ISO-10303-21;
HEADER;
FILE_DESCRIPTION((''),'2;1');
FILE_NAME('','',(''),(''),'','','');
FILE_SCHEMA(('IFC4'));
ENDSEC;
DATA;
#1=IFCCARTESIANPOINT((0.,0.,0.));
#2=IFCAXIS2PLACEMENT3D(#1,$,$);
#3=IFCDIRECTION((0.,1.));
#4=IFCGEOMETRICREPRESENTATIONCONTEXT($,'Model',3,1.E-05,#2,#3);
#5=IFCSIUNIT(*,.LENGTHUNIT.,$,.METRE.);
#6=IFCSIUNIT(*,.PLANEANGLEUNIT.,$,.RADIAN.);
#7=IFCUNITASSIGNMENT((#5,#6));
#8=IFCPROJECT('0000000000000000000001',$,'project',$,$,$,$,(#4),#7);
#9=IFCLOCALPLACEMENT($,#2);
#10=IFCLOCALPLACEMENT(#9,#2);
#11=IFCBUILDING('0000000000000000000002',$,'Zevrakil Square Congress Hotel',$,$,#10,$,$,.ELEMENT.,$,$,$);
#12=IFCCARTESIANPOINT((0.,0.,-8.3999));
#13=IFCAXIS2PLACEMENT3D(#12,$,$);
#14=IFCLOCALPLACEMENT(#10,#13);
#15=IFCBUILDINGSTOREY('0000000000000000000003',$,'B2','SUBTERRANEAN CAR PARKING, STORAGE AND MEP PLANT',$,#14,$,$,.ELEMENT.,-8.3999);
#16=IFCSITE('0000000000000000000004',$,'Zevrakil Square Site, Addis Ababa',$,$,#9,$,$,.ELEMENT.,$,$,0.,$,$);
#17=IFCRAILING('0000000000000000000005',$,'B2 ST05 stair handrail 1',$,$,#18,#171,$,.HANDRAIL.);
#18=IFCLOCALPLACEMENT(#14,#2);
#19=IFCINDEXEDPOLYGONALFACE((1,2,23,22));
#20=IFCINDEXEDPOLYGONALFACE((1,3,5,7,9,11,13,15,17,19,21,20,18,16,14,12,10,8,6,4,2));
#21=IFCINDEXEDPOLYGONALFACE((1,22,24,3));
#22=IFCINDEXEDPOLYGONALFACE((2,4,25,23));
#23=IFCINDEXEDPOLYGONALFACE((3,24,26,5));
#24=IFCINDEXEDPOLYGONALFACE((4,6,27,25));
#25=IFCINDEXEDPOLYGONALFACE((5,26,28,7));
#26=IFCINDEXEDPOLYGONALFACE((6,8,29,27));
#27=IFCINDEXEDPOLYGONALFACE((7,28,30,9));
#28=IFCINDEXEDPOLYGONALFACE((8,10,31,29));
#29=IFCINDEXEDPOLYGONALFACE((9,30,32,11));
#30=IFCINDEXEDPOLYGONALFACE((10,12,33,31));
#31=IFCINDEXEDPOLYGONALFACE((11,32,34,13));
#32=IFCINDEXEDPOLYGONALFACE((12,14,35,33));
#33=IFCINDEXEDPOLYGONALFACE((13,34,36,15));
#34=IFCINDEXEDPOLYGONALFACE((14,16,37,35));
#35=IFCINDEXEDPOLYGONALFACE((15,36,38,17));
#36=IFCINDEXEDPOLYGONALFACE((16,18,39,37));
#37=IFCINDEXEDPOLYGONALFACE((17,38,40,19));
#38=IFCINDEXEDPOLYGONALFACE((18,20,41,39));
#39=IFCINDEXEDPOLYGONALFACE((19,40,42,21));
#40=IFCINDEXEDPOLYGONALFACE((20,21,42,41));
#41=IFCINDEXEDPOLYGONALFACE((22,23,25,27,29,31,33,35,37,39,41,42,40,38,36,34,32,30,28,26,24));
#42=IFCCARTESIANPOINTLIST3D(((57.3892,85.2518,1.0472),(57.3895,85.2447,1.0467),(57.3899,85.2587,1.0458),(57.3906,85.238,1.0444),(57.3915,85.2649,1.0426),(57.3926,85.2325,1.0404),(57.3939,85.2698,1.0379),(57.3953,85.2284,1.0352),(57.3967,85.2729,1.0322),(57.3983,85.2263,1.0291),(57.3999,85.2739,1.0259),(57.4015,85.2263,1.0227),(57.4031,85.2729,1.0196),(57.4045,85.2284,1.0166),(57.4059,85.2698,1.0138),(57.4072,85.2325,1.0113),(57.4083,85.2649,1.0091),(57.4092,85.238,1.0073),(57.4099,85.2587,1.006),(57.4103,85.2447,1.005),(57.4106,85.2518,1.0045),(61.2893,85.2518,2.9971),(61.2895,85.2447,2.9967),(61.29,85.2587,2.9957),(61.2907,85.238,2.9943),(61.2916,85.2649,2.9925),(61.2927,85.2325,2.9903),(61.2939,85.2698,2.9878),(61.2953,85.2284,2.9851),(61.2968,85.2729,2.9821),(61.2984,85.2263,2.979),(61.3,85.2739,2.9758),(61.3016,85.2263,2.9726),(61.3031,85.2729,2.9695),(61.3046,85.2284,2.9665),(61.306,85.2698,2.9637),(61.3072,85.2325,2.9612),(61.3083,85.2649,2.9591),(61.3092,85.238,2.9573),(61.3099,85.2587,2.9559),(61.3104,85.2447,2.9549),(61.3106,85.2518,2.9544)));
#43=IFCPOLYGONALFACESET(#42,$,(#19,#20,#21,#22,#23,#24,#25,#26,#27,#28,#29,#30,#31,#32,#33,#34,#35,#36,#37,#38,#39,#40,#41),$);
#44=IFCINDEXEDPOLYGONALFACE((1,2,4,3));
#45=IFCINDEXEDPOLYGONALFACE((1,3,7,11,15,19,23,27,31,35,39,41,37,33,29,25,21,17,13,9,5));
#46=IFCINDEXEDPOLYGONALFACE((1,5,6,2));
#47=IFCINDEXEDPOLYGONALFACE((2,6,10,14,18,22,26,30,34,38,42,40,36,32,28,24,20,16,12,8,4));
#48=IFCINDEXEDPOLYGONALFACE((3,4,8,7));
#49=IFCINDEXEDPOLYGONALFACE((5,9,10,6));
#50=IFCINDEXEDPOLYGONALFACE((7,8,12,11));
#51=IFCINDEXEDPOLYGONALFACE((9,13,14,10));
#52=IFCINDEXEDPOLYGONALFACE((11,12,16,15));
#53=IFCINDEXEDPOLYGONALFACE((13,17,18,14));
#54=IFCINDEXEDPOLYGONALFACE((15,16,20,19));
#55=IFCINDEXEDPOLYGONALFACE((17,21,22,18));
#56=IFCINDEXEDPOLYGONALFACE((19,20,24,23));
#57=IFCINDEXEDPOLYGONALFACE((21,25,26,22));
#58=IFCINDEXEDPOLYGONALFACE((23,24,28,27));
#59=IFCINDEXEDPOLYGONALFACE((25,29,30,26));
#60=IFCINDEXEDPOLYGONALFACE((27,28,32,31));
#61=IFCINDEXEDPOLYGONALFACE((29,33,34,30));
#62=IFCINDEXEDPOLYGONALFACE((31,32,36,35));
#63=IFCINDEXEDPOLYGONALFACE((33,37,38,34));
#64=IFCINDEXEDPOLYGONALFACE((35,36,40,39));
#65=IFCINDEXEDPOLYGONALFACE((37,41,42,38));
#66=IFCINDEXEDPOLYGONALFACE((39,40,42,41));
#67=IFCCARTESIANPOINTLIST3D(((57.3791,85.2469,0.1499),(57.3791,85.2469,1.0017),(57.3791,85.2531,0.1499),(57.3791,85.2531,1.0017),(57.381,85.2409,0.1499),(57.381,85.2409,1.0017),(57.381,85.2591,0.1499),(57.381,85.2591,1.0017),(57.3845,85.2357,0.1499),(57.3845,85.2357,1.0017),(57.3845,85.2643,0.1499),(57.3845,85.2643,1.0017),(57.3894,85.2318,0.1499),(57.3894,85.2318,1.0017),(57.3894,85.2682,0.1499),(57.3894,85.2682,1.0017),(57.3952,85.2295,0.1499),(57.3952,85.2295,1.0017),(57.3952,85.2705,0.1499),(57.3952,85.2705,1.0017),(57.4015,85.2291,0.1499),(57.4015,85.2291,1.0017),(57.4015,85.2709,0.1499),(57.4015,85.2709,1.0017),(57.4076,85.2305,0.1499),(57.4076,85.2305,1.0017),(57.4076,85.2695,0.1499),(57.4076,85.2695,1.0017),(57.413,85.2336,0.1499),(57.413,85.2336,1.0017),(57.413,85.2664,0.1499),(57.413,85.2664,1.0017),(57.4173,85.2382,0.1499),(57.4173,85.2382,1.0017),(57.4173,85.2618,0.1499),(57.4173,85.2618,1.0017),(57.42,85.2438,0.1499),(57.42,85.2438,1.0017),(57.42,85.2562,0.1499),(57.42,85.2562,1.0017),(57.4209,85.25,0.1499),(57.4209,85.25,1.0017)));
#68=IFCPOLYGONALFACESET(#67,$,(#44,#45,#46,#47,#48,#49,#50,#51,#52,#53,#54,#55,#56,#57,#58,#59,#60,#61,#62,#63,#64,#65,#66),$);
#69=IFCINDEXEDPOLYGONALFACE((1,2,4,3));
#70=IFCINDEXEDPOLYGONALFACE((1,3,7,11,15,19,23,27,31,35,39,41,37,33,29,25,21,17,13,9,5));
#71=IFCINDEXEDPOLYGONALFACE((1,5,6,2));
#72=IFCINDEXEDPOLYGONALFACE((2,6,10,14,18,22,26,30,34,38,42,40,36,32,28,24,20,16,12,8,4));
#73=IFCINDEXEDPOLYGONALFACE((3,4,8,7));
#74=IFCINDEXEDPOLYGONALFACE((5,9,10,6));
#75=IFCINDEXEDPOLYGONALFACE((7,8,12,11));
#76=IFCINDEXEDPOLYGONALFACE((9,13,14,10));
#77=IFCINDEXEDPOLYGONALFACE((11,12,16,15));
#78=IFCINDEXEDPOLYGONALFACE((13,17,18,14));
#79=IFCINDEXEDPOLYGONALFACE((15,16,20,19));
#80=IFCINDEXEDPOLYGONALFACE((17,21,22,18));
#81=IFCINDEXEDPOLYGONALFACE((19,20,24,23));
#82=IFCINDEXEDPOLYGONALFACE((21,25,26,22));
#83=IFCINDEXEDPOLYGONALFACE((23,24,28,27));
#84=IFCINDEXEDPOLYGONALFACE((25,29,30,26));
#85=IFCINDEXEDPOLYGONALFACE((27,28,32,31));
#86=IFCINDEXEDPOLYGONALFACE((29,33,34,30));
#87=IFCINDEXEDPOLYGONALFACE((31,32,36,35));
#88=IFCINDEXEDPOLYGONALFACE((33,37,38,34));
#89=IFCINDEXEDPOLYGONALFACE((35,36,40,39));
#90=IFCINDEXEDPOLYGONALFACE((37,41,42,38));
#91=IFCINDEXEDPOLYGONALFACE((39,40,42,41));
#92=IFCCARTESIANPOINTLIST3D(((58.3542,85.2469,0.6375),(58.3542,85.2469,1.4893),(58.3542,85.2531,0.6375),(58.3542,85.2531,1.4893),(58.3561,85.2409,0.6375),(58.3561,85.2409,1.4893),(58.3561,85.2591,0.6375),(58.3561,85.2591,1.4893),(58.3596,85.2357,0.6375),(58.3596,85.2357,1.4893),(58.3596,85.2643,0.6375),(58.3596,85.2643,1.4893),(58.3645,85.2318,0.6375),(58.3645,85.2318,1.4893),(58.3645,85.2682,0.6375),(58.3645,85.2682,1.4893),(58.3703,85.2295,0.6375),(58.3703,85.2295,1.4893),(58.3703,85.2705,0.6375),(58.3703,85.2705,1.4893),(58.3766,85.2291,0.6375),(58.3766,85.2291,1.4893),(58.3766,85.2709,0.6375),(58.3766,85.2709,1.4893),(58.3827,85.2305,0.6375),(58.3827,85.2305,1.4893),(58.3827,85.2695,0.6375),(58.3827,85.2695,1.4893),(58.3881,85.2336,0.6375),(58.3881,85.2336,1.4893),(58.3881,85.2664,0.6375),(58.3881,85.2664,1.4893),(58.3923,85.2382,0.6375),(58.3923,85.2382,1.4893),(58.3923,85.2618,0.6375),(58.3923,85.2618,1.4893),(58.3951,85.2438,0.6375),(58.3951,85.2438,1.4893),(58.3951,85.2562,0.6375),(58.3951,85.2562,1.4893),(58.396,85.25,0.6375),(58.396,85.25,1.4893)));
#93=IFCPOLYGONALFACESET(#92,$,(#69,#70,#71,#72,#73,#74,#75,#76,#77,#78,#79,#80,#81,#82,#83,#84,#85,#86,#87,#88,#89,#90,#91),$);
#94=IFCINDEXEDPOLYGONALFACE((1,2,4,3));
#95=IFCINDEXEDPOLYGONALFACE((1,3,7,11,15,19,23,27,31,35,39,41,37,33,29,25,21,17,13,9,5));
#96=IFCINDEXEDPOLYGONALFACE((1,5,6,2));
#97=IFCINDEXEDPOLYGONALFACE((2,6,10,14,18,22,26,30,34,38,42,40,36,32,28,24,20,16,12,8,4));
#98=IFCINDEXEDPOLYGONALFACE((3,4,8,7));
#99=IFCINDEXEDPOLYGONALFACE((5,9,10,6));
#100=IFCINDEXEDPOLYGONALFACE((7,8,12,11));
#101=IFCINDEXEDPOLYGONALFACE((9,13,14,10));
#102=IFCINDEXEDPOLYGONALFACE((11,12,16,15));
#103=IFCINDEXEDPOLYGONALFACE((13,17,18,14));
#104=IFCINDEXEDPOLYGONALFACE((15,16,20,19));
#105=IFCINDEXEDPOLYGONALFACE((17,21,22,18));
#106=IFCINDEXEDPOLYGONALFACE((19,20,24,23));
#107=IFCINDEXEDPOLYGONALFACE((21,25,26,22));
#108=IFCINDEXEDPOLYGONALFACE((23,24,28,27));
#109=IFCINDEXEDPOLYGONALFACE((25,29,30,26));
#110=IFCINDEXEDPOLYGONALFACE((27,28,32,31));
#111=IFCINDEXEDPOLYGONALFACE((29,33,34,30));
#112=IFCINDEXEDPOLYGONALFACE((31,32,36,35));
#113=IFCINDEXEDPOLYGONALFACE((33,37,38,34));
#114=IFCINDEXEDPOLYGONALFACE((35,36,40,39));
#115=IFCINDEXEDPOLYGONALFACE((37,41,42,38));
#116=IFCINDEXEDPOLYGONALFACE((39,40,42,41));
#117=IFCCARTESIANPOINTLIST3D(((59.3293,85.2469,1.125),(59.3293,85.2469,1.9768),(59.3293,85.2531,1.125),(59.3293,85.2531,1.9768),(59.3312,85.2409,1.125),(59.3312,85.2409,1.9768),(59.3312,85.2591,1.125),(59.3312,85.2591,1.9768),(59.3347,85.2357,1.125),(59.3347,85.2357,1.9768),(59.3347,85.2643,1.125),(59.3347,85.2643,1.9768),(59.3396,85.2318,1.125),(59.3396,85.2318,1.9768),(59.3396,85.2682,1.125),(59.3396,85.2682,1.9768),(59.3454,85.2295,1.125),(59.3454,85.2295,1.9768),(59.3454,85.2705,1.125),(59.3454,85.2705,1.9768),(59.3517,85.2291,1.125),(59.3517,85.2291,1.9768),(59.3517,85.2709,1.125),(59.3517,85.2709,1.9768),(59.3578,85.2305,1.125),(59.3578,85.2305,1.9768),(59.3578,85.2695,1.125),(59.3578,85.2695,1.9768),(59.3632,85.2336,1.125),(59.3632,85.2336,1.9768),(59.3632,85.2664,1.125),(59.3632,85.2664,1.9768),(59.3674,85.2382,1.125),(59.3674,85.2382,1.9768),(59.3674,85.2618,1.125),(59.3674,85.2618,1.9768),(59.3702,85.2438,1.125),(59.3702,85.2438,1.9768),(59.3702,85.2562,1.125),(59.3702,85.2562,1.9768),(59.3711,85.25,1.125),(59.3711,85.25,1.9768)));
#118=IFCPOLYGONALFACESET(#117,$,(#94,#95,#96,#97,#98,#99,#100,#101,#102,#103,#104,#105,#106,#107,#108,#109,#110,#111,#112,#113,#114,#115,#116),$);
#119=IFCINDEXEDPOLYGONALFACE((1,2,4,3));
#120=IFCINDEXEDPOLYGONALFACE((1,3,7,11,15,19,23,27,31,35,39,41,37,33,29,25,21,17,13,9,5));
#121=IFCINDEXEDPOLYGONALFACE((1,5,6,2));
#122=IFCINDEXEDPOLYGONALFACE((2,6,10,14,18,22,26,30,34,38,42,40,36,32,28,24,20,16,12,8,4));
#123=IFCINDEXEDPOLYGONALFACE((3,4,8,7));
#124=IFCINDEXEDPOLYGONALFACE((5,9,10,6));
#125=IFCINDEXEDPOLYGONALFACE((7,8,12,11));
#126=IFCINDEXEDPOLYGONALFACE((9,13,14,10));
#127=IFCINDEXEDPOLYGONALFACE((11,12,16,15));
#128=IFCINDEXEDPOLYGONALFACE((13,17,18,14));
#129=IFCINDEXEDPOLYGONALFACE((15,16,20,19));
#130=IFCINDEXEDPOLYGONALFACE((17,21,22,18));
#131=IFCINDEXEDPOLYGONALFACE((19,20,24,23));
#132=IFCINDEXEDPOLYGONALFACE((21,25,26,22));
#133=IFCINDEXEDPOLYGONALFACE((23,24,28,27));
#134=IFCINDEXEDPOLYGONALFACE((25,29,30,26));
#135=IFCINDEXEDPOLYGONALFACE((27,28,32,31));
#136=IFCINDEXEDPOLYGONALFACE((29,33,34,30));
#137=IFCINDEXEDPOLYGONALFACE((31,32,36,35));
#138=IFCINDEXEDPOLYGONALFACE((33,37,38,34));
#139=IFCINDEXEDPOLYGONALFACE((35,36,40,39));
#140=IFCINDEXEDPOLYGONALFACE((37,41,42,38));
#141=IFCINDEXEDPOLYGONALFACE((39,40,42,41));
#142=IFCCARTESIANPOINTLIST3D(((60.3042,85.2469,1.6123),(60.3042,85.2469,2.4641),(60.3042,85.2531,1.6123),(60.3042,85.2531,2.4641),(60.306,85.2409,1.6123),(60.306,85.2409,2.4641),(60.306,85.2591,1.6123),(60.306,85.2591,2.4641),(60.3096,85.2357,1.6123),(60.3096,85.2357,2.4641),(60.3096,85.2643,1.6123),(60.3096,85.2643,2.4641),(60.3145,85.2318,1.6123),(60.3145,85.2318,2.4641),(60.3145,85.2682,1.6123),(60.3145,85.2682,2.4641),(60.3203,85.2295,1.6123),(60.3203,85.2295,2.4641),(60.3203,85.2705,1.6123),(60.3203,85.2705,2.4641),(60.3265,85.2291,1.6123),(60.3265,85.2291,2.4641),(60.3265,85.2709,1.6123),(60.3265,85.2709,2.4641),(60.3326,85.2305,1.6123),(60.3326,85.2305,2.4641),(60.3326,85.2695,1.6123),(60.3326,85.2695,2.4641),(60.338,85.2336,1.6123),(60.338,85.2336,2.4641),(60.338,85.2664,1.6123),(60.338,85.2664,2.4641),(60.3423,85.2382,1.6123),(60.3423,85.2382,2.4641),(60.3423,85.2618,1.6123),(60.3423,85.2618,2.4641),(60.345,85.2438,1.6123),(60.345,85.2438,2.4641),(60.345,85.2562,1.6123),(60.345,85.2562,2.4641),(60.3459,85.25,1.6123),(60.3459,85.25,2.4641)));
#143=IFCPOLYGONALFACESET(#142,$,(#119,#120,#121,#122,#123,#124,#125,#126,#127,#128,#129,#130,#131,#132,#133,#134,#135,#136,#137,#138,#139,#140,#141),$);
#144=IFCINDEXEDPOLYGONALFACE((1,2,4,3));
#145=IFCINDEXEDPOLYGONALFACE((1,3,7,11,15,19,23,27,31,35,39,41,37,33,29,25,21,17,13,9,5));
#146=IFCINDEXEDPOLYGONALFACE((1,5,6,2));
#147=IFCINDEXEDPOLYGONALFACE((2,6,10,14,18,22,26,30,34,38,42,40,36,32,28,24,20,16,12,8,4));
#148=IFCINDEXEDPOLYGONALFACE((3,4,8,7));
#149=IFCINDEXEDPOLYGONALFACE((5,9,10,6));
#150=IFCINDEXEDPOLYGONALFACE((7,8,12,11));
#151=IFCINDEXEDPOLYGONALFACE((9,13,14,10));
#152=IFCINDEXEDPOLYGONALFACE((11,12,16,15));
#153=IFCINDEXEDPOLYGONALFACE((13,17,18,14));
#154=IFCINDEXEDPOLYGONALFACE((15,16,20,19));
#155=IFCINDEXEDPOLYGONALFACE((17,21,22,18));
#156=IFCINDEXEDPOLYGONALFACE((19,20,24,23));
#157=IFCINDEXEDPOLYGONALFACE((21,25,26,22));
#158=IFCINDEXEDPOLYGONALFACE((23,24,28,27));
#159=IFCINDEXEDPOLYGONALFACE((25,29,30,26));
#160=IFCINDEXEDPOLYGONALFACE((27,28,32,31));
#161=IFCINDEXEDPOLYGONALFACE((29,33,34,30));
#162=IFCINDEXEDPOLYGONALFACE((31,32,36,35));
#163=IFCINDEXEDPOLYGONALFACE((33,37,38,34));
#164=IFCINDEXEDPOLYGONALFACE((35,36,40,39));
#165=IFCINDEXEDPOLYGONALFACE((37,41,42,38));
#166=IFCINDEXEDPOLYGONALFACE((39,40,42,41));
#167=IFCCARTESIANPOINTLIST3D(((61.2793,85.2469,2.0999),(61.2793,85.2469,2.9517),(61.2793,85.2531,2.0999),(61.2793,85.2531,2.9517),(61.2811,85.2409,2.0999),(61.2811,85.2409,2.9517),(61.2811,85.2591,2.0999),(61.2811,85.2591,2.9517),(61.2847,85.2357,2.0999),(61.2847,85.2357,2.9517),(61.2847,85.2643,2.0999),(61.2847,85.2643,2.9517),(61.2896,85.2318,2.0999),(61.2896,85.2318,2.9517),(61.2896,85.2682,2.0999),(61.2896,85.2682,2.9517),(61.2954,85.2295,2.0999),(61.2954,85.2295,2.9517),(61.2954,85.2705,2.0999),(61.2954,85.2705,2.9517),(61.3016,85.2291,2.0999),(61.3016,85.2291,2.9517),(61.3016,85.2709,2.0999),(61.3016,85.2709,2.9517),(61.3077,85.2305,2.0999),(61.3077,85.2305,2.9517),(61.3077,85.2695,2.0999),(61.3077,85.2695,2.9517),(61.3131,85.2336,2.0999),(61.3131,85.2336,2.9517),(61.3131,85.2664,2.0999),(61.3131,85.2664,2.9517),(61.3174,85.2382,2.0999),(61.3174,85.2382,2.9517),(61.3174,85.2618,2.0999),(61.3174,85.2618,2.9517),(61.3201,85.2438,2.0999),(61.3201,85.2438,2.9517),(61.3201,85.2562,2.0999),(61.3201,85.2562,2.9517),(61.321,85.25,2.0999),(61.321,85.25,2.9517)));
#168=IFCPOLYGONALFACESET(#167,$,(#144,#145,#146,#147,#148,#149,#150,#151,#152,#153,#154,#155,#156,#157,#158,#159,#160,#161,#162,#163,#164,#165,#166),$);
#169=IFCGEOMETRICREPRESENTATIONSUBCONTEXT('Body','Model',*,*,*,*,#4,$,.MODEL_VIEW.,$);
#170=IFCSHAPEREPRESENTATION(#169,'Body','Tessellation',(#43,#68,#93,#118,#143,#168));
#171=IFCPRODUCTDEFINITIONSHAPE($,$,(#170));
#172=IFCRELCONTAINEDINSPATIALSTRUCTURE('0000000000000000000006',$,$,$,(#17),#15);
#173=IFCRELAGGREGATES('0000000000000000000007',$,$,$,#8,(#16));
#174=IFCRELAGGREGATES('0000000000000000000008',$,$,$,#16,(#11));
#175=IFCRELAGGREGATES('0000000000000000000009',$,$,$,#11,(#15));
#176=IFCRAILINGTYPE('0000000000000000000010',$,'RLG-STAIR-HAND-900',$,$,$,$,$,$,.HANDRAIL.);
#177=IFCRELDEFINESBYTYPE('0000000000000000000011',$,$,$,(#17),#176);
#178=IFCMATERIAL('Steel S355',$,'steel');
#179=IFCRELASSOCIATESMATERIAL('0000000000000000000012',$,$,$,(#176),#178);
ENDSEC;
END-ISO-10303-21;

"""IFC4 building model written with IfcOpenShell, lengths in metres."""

from ifc_helpers import new_model, si_unit, direction, frame, origin, origin_2d, place, context, subcontext, project, spatial, circle, extrude, material, type_object, element, save


model = new_model("IFC4")

# Units and contexts
model_context = context("Model", 3, precision=1e-05, world=origin(), true_north=direction((0.0, 1.0)))
body_context = subcontext(model_context, "Body", "Model", "MODEL_VIEW")
ifc_project = project(units=[si_unit("LENGTHUNIT", "METRE"), si_unit("PLANEANGLEUNIT", "RADIAN")], contexts=[model_context])

# Site, building, storey
site_placement = place(None, origin())
site = spatial("IfcSite", under=ifc_project, at=site_placement, Name="Zevrakil Square Site, Addis Ababa", CompositionType="ELEMENT", RefElevation=0.0)
building_placement = place(site_placement, origin())
building = spatial("IfcBuilding", under=site, at=building_placement, Name="Zevrakil Square Congress Hotel", CompositionType="ELEMENT")
storey_placement = place(building_placement, frame((0.0, 0.0, -8.3999)))
storey = spatial("IfcBuildingStorey", under=building, at=storey_placement, Name="B2", Description="SUBTERRANEAN CAR PARKING, STORAGE AND MEP PLANT", CompositionType="ELEMENT", Elevation=-8.3999)

# Railing
ifc_material_1 = material(Name="Steel S355", Category="steel")
railing_type_1 = type_object("IfcRailingType", Name="RLG-STAIR-HAND-900", PredefinedType="HANDRAIL", material=ifc_material_1)
railing_1_placement = place(storey_placement, frame((57.3999, 85.25, 0.1499)))
element("IfcRailing", 1, at=railing_1_placement, inside=storey, type_object=railing_type_1, Name="B2 ST05 stair handrail 1", PredefinedType="HANDRAIL", context=body_context, shape_type="SweptSolid", body=[
    extrude(circle(Radius=0.0239, at=origin_2d()), frame((0.0, 0.0, 0.876), z_axis=(0.894438, 0.0, 0.447191), x_axis=(0.0, 1.0, 0.0)), (0.0, 0.0, 1.0), 4.3604),
    extrude(circle(Radius=0.021, at=origin_2d()), origin(), (0.0, 0.0, 1.0), 0.8518),
    extrude(circle(Radius=0.021, at=origin_2d()), frame((0.9751, 0.0, 0.4875)), (0.0, 0.0, 1.0), 0.8518),
    extrude(circle(Radius=0.021, at=origin_2d()), frame((1.9502, 0.0, 0.9751)), (0.0, 0.0, 1.0), 0.8518),
    extrude(circle(Radius=0.021, at=origin_2d()), frame((2.925, 0.0, 1.4624)), (0.0, 0.0, 1.0), 0.8518),
    extrude(circle(Radius=0.021, at=origin_2d()), frame((3.9001, 0.0, 1.95)), (0.0, 0.0, 1.0), 0.8518),
])

save(model, "model.ifc")
